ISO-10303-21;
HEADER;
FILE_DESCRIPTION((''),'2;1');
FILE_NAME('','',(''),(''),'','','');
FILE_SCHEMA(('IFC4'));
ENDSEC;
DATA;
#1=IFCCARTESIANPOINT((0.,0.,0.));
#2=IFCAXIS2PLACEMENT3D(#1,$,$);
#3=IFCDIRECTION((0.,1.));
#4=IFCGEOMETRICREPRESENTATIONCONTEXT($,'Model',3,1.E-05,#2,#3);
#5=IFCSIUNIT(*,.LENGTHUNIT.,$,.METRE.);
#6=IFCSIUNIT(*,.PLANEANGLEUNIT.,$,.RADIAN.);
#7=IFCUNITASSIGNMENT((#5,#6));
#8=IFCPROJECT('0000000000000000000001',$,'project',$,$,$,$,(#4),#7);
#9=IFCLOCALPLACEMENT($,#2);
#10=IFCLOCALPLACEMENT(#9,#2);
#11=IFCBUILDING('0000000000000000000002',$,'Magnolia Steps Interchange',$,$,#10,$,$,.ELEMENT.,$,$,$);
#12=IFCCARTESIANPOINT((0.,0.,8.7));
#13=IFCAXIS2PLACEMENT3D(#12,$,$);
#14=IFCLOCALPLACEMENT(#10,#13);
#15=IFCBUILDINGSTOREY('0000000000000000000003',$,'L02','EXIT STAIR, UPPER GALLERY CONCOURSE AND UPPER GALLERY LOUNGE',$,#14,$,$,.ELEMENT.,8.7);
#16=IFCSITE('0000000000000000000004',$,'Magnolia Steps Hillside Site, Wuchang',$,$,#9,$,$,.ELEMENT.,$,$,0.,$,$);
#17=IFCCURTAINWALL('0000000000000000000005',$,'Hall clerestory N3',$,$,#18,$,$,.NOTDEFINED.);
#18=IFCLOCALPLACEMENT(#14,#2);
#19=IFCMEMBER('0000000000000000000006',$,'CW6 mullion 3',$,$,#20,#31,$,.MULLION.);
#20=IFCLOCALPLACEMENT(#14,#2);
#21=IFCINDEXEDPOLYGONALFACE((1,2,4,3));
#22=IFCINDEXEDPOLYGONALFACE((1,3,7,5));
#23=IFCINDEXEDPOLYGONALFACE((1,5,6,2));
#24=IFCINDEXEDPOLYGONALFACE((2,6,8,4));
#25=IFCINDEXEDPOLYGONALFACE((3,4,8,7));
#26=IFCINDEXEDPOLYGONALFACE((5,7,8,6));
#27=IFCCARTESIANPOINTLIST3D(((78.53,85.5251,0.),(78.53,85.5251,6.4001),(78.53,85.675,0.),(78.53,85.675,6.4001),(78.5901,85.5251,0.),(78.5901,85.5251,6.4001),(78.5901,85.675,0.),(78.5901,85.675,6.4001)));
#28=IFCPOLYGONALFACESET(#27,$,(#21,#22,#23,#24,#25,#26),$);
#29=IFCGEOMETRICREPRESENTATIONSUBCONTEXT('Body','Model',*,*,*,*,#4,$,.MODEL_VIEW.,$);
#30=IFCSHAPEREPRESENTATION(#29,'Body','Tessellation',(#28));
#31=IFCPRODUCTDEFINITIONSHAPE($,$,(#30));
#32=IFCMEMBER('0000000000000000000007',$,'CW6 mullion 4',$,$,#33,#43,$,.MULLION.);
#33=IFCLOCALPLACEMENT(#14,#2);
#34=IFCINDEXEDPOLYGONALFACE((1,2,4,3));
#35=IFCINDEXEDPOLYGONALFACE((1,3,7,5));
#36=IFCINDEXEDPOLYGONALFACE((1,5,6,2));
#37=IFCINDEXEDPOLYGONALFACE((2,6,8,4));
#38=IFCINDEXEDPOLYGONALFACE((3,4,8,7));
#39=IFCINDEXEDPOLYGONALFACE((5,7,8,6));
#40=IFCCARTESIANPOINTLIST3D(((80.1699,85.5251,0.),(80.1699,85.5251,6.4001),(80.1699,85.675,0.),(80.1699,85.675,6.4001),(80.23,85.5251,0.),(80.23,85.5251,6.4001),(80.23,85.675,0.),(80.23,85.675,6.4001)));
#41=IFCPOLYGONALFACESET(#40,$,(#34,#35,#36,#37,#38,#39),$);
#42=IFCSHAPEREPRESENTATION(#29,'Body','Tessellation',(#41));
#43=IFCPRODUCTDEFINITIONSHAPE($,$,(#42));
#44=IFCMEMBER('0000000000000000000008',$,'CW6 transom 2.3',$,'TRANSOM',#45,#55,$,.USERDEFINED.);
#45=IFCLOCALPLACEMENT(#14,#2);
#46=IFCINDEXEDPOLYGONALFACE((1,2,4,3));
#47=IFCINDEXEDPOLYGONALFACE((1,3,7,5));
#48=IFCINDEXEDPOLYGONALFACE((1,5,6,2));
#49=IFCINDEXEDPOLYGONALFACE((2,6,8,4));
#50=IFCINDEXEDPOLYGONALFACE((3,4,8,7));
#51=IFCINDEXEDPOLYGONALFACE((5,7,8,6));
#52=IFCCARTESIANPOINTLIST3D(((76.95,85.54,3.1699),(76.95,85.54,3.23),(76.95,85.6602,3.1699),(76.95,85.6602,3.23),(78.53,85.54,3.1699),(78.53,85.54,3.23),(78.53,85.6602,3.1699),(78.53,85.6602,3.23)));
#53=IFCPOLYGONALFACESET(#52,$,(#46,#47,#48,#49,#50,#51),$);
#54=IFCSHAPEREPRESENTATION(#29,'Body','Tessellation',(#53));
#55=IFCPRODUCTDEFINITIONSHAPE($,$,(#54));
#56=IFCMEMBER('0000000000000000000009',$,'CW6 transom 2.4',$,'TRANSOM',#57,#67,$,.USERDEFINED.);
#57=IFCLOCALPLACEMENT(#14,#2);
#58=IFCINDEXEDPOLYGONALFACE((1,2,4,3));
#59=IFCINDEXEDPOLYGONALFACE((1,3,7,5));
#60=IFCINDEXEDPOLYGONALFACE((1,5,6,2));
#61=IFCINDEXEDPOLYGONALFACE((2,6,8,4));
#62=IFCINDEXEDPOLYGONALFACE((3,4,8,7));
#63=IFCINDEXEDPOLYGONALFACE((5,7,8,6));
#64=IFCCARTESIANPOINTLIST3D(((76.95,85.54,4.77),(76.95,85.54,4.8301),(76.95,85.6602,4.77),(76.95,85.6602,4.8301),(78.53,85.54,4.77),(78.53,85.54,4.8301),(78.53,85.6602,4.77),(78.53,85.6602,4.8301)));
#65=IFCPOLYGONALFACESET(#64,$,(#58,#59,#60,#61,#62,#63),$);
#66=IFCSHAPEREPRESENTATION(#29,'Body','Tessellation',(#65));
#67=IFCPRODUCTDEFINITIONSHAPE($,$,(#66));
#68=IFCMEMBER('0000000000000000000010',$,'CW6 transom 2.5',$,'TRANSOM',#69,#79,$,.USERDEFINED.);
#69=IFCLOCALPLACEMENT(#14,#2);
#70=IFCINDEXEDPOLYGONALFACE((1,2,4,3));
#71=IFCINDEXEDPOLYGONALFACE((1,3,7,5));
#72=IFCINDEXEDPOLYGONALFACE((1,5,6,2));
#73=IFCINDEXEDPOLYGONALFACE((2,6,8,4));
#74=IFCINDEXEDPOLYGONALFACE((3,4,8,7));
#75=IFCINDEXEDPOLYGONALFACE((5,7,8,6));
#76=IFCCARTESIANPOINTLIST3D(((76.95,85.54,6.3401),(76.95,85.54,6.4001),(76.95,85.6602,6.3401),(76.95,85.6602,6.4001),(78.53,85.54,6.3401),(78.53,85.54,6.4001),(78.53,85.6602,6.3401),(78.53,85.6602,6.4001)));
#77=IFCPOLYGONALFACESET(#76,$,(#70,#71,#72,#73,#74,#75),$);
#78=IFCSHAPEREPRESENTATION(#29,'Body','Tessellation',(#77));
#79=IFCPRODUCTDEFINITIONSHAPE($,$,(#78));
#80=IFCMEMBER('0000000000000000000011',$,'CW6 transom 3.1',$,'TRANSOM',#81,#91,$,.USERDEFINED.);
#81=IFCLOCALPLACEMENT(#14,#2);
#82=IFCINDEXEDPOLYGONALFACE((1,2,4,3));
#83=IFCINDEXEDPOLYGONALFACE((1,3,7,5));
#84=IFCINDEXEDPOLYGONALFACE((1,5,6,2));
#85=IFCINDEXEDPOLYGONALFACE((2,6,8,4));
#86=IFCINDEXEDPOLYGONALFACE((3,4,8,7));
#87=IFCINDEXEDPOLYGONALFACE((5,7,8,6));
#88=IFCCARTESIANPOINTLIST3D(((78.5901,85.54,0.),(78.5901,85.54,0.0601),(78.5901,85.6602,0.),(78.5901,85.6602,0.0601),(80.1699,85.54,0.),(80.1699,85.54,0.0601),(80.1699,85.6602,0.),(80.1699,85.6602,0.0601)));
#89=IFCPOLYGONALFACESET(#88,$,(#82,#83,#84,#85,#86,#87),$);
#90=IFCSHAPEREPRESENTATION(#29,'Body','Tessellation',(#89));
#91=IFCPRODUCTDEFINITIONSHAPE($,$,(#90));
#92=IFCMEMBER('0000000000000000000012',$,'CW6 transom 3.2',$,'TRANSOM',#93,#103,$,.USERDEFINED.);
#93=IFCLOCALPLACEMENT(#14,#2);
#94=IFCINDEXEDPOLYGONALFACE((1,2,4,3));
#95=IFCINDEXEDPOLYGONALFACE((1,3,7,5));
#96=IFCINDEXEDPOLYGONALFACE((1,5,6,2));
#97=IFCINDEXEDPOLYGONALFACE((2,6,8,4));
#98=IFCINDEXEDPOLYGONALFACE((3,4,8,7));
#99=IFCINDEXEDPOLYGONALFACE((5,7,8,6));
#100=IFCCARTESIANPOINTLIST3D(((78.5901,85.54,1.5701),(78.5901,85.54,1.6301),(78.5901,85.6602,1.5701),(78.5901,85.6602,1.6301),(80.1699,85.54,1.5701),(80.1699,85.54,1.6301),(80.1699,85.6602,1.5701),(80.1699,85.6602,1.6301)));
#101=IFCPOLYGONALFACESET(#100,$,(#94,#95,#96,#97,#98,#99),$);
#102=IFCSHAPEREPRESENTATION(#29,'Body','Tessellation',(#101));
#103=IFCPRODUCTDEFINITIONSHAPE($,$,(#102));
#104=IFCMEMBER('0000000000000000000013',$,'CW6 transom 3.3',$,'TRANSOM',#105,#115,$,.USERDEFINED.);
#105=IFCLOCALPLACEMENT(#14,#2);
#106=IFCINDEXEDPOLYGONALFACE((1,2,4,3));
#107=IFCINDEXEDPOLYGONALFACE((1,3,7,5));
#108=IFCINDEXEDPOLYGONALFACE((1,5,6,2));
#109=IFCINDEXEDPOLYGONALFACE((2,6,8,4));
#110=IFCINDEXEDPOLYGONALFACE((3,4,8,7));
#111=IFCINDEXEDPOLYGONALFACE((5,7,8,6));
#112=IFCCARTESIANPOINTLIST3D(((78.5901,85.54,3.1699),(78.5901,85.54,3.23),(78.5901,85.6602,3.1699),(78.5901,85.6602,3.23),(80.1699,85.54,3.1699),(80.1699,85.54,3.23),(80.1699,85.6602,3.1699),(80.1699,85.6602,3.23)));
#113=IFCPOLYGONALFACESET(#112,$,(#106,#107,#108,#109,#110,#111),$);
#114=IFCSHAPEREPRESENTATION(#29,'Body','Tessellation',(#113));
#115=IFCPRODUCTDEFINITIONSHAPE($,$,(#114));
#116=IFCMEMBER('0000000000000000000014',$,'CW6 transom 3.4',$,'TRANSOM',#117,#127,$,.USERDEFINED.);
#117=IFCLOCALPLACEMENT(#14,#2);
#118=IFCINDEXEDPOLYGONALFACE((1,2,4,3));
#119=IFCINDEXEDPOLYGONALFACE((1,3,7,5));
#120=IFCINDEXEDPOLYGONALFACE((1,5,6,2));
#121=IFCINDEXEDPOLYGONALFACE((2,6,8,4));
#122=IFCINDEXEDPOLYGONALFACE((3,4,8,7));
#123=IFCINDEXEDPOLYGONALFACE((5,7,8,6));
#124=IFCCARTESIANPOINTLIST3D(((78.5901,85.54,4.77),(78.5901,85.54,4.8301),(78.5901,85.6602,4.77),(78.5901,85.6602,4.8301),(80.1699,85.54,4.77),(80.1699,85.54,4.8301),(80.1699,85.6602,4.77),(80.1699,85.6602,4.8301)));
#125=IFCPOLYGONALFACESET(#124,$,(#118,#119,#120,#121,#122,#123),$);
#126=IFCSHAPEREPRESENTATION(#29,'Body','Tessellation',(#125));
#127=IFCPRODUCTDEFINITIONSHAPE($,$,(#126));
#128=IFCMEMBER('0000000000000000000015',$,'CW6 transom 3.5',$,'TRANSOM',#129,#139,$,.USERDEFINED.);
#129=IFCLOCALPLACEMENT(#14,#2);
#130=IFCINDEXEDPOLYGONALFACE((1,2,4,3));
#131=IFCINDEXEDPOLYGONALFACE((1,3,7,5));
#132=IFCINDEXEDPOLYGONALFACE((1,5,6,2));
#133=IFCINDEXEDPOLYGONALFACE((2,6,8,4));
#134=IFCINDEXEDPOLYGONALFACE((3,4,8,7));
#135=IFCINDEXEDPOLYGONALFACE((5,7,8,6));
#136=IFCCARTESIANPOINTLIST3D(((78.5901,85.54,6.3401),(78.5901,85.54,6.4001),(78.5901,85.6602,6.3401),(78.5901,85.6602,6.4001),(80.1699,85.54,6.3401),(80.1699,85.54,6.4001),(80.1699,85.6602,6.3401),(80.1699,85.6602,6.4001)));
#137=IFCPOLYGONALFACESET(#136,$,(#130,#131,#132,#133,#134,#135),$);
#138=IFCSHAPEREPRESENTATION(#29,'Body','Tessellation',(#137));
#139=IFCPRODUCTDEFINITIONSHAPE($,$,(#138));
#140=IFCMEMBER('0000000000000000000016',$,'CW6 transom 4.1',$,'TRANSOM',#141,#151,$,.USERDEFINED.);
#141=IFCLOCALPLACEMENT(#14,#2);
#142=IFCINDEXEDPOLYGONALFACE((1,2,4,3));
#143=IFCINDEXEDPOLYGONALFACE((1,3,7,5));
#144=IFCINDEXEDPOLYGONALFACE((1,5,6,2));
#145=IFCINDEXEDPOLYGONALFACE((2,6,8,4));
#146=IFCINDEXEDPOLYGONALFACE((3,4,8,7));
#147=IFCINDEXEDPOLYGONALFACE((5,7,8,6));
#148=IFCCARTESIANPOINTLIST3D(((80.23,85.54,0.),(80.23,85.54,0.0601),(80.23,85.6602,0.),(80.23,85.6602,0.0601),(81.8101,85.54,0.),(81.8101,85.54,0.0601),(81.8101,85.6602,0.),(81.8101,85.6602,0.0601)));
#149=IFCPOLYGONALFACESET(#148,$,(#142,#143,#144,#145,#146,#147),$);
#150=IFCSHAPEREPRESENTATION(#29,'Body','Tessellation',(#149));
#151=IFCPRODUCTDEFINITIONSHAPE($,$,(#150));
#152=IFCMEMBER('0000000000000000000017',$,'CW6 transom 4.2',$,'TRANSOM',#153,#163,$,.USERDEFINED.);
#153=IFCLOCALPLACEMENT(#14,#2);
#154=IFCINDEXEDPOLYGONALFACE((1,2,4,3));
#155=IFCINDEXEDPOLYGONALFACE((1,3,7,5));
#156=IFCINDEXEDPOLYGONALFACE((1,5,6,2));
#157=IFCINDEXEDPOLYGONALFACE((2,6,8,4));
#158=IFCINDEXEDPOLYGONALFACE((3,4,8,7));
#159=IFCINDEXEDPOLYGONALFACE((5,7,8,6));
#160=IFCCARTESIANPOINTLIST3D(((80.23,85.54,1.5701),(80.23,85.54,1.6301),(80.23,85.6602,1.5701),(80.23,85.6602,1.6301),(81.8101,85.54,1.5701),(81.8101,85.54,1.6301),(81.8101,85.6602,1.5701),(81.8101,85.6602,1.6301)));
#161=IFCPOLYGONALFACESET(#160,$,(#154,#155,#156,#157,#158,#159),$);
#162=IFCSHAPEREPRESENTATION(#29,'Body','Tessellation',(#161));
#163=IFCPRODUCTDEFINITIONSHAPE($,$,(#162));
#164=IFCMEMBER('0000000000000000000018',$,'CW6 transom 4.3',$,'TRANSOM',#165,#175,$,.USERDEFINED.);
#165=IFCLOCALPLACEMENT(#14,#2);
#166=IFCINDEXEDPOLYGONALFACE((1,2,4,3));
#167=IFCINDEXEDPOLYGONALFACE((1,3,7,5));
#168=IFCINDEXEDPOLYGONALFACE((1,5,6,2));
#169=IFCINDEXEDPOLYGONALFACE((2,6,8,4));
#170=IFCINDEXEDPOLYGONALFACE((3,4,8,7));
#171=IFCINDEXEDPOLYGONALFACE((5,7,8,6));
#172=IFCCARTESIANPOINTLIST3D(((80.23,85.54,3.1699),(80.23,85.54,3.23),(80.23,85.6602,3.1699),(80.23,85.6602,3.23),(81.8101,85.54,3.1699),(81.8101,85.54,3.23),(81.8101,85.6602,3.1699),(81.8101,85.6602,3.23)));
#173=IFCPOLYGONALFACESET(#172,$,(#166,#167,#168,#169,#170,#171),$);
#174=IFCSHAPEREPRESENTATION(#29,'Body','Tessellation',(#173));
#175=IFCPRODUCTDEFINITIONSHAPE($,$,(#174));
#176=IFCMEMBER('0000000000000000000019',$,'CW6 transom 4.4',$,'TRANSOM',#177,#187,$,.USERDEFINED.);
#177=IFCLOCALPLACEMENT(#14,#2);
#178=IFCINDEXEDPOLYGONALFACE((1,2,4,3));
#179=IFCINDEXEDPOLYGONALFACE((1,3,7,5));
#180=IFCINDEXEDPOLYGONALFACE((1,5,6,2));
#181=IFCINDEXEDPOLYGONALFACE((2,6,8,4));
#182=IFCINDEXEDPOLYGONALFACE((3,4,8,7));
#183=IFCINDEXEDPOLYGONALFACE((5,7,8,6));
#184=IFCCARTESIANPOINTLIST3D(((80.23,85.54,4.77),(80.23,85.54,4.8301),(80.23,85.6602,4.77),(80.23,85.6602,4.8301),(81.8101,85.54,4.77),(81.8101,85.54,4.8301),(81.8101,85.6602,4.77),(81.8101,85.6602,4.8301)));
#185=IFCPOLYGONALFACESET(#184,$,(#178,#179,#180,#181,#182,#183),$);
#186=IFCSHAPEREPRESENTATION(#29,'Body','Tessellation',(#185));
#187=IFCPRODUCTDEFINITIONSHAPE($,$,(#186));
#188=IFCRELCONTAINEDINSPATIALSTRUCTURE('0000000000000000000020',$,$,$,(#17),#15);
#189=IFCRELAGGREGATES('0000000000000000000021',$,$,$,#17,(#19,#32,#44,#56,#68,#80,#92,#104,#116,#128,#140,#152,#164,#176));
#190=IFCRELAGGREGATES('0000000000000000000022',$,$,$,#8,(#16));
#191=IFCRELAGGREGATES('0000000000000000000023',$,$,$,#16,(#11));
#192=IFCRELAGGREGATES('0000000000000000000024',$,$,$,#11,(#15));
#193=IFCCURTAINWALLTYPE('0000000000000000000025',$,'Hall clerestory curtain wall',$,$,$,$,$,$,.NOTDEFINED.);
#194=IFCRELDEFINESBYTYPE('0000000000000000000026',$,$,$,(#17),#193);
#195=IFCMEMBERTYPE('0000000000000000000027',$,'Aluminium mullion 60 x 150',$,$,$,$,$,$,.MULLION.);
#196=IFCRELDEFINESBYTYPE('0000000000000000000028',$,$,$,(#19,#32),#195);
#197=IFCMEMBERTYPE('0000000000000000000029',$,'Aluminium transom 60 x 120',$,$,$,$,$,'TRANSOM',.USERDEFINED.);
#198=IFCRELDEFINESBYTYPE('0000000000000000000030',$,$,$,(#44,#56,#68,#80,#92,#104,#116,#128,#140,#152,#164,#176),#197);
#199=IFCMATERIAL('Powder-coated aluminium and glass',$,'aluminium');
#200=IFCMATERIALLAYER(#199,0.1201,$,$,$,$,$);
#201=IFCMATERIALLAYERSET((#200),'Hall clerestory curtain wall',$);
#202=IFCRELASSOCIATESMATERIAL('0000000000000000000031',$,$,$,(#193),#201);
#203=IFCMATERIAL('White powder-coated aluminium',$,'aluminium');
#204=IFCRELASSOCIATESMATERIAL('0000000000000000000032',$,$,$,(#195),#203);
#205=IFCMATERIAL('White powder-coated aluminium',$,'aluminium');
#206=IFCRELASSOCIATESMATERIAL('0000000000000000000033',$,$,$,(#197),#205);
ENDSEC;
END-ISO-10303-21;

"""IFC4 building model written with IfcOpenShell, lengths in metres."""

from ifc_helpers import new_model, si_unit, direction, frame, origin, origin_2d, place, context, subcontext, project, spatial, rectangle, extrude, material, layer, layer_set, material_profile, profile_set, type_object, element, aggregate, save


model = new_model("IFC4")

# Units and contexts
model_context = context("Model", 3, precision=1e-05, world=origin(), true_north=direction((0.0, 1.0)))
body_context = subcontext(model_context, "Body", "Model", "MODEL_VIEW")
ifc_project = project(units=[si_unit("LENGTHUNIT", "METRE"), si_unit("PLANEANGLEUNIT", "RADIAN")], contexts=[model_context])

# Site, building, storey
site_placement = place(None, origin())
site = spatial("IfcSite", under=ifc_project, at=site_placement, Name="Magnolia Steps Hillside Site, Wuchang", CompositionType="ELEMENT", RefElevation=0.0)
building_placement = place(site_placement, origin())
building = spatial("IfcBuilding", under=site, at=building_placement, Name="Magnolia Steps Interchange", CompositionType="ELEMENT")
storey_placement = place(building_placement, frame((0.0, 0.0, 8.7)))
storey = spatial("IfcBuildingStorey", under=building, at=storey_placement, Name="L02", Description="EXIT STAIR, UPPER GALLERY CONCOURSE AND UPPER GALLERY LOUNGE", CompositionType="ELEMENT", Elevation=8.7)

# Curtain wall, members
ifc_material_1 = material(Name="Powder-coated aluminium and glass", Category="aluminium")
ifc_layer_1 = layer(ifc_material_1, 0.1201)
ifc_layer_set_1 = layer_set([ifc_layer_1], Name="Hall clerestory curtain wall")
curtain_wall_type = type_object("IfcCurtainWallType", Name="Hall clerestory curtain wall", PredefinedType="NOTDEFINED", material=ifc_layer_set_1)
curtain_wall_placement = place(storey_placement, origin())
curtain_wall = element("IfcCurtainWall", 1, at=curtain_wall_placement, inside=storey, type_object=curtain_wall_type, Name="Hall clerestory N3", PredefinedType="NOTDEFINED")
ifc_material_2 = material(Name="White powder-coated aluminium", Category="aluminium")
ifc_material_profile_1 = material_profile(ifc_material_2, rectangle(XDim=0.0601, YDim=0.1499, at=origin_2d()), Name="Aluminium mullion 60 x 150")
ifc_profile_set_1 = profile_set([ifc_material_profile_1], Name="White powder-coated aluminium")
member_type_1 = type_object("IfcMemberType", Name="Aluminium mullion 60 x 150", PredefinedType="MULLION", material=ifc_profile_set_1)
member_1_placement = place(storey_placement, frame((78.5601, 85.6001, 0.0), z_axis=(0.0, 0.0, 1.0), x_axis=(1.0, 0.0, 0.0)))
member_1 = element("IfcMember", 2, at=member_1_placement, type_object=member_type_1, Name="CW6 mullion 3", PredefinedType="MULLION", context=body_context, shape_type="SweptSolid", body=[
    extrude(rectangle(XDim=0.0601, YDim=0.1499, at=origin_2d()), origin(), (0.0, 0.0, 1.0), 6.4001),
])
member_2_placement = place(storey_placement, frame((80.2, 85.6001, 0.0), z_axis=(0.0, 0.0, 1.0), x_axis=(1.0, 0.0, 0.0)))
member_2 = element("IfcMember", 3, at=member_2_placement, type_object=member_type_1, Name="CW6 mullion 4", PredefinedType="MULLION", context=body_context, shape_type="SweptSolid", body=[
    extrude(rectangle(XDim=0.0601, YDim=0.1499, at=origin_2d()), origin(), (0.0, 0.0, 1.0), 6.4001),
])
ifc_material_3 = material(Name="White powder-coated aluminium", Category="aluminium")
ifc_material_profile_2 = material_profile(ifc_material_3, rectangle(XDim=0.0601, YDim=0.1201, at=origin_2d()), Name="Aluminium transom 60 x 120")
ifc_profile_set_2 = profile_set([ifc_material_profile_2], Name="White powder-coated aluminium")
member_type_2 = type_object("IfcMemberType", Name="Aluminium transom 60 x 120", ElementType="TRANSOM", PredefinedType="USERDEFINED", material=ifc_profile_set_2)
member_3_placement = place(storey_placement, frame((76.95, 85.6001, 3.2), z_axis=(1.0, 0.0, 0.0), x_axis=(0.0, 0.0, 1.0)))
member_3 = element("IfcMember", 4, at=member_3_placement, type_object=member_type_2, Name="CW6 transom 2.3", ObjectType="TRANSOM", PredefinedType="USERDEFINED", context=body_context, shape_type="SweptSolid", body=[
    extrude(rectangle(XDim=0.0601, YDim=0.1201, at=origin_2d()), origin(), (0.0, 0.0, 1.0), 1.5801),
])
member_4_placement = place(storey_placement, frame((76.95, 85.6001, 4.8), z_axis=(1.0, 0.0, 0.0), x_axis=(0.0, 0.0, 1.0)))
member_4 = element("IfcMember", 5, at=member_4_placement, type_object=member_type_2, Name="CW6 transom 2.4", ObjectType="TRANSOM", PredefinedType="USERDEFINED", context=body_context, shape_type="SweptSolid", body=[
    extrude(rectangle(XDim=0.0601, YDim=0.1201, at=origin_2d()), origin(), (0.0, 0.0, 1.0), 1.5801),
])
member_5_placement = place(storey_placement, frame((76.95, 85.6001, 6.3701), z_axis=(1.0, 0.0, 0.0), x_axis=(0.0, 0.0, 1.0)))
member_5 = element("IfcMember", 6, at=member_5_placement, type_object=member_type_2, Name="CW6 transom 2.5", ObjectType="TRANSOM", PredefinedType="USERDEFINED", context=body_context, shape_type="SweptSolid", body=[
    extrude(rectangle(XDim=0.0601, YDim=0.1201, at=origin_2d()), origin(), (0.0, 0.0, 1.0), 1.5801),
])
member_6_placement = place(storey_placement, frame((78.5901, 85.6001, 0.03), z_axis=(1.0, 0.0, 0.0), x_axis=(0.0, 0.0, 1.0)))
member_6 = element("IfcMember", 7, at=member_6_placement, type_object=member_type_2, Name="CW6 transom 3.1", ObjectType="TRANSOM", PredefinedType="USERDEFINED", context=body_context, shape_type="SweptSolid", body=[
    extrude(rectangle(XDim=0.0601, YDim=0.1201, at=origin_2d()), origin(), (0.0, 0.0, 1.0), 1.5798),
])
member_7_placement = place(storey_placement, frame((78.5901, 85.6001, 1.6001), z_axis=(1.0, 0.0, 0.0), x_axis=(0.0, 0.0, 1.0)))
member_7 = element("IfcMember", 8, at=member_7_placement, type_object=member_type_2, Name="CW6 transom 3.2", ObjectType="TRANSOM", PredefinedType="USERDEFINED", context=body_context, shape_type="SweptSolid", body=[
    extrude(rectangle(XDim=0.0601, YDim=0.1201, at=origin_2d()), origin(), (0.0, 0.0, 1.0), 1.5798),
])
member_8_placement = place(storey_placement, frame((78.5901, 85.6001, 3.2), z_axis=(1.0, 0.0, 0.0), x_axis=(0.0, 0.0, 1.0)))
member_8 = element("IfcMember", 9, at=member_8_placement, type_object=member_type_2, Name="CW6 transom 3.3", ObjectType="TRANSOM", PredefinedType="USERDEFINED", context=body_context, shape_type="SweptSolid", body=[
    extrude(rectangle(XDim=0.0601, YDim=0.1201, at=origin_2d()), origin(), (0.0, 0.0, 1.0), 1.5798),
])
member_9_placement = place(storey_placement, frame((78.5901, 85.6001, 4.8), z_axis=(1.0, 0.0, 0.0), x_axis=(0.0, 0.0, 1.0)))
member_9 = element("IfcMember", 10, at=member_9_placement, type_object=member_type_2, Name="CW6 transom 3.4", ObjectType="TRANSOM", PredefinedType="USERDEFINED", context=body_context, shape_type="SweptSolid", body=[
    extrude(rectangle(XDim=0.0601, YDim=0.1201, at=origin_2d()), origin(), (0.0, 0.0, 1.0), 1.5798),
])
member_10_placement = place(storey_placement, frame((78.5901, 85.6001, 6.3701), z_axis=(1.0, 0.0, 0.0), x_axis=(0.0, 0.0, 1.0)))
member_10 = element("IfcMember", 11, at=member_10_placement, type_object=member_type_2, Name="CW6 transom 3.5", ObjectType="TRANSOM", PredefinedType="USERDEFINED", context=body_context, shape_type="SweptSolid", body=[
    extrude(rectangle(XDim=0.0601, YDim=0.1201, at=origin_2d()), origin(), (0.0, 0.0, 1.0), 1.5798),
])
member_11_placement = place(storey_placement, frame((80.23, 85.6001, 0.03), z_axis=(1.0, 0.0, 0.0), x_axis=(0.0, 0.0, 1.0)))
member_11 = element("IfcMember", 12, at=member_11_placement, type_object=member_type_2, Name="CW6 transom 4.1", ObjectType="TRANSOM", PredefinedType="USERDEFINED", context=body_context, shape_type="SweptSolid", body=[
    extrude(rectangle(XDim=0.0601, YDim=0.1201, at=origin_2d()), origin(), (0.0, 0.0, 1.0), 1.5801),
])
member_12_placement = place(storey_placement, frame((80.23, 85.6001, 1.6001), z_axis=(1.0, 0.0, 0.0), x_axis=(0.0, 0.0, 1.0)))
member_12 = element("IfcMember", 13, at=member_12_placement, type_object=member_type_2, Name="CW6 transom 4.2", ObjectType="TRANSOM", PredefinedType="USERDEFINED", context=body_context, shape_type="SweptSolid", body=[
    extrude(rectangle(XDim=0.0601, YDim=0.1201, at=origin_2d()), origin(), (0.0, 0.0, 1.0), 1.5801),
])
member_13_placement = place(storey_placement, frame((80.23, 85.6001, 3.2), z_axis=(1.0, 0.0, 0.0), x_axis=(0.0, 0.0, 1.0)))
member_13 = element("IfcMember", 14, at=member_13_placement, type_object=member_type_2, Name="CW6 transom 4.3", ObjectType="TRANSOM", PredefinedType="USERDEFINED", context=body_context, shape_type="SweptSolid", body=[
    extrude(rectangle(XDim=0.0601, YDim=0.1201, at=origin_2d()), origin(), (0.0, 0.0, 1.0), 1.5801),
])
member_14_placement = place(storey_placement, frame((80.23, 85.6001, 4.8), z_axis=(1.0, 0.0, 0.0), x_axis=(0.0, 0.0, 1.0)))
member_14 = element("IfcMember", 15, at=member_14_placement, type_object=member_type_2, Name="CW6 transom 4.4", ObjectType="TRANSOM", PredefinedType="USERDEFINED", context=body_context, shape_type="SweptSolid", body=[
    extrude(rectangle(XDim=0.0601, YDim=0.1201, at=origin_2d()), origin(), (0.0, 0.0, 1.0), 1.5801),
])
aggregate(curtain_wall, [member_1, member_2, member_3, member_4, member_5, member_6, member_7, member_8, member_9, member_10, member_11, member_12, member_13, member_14])

save(model, "model.ifc")
